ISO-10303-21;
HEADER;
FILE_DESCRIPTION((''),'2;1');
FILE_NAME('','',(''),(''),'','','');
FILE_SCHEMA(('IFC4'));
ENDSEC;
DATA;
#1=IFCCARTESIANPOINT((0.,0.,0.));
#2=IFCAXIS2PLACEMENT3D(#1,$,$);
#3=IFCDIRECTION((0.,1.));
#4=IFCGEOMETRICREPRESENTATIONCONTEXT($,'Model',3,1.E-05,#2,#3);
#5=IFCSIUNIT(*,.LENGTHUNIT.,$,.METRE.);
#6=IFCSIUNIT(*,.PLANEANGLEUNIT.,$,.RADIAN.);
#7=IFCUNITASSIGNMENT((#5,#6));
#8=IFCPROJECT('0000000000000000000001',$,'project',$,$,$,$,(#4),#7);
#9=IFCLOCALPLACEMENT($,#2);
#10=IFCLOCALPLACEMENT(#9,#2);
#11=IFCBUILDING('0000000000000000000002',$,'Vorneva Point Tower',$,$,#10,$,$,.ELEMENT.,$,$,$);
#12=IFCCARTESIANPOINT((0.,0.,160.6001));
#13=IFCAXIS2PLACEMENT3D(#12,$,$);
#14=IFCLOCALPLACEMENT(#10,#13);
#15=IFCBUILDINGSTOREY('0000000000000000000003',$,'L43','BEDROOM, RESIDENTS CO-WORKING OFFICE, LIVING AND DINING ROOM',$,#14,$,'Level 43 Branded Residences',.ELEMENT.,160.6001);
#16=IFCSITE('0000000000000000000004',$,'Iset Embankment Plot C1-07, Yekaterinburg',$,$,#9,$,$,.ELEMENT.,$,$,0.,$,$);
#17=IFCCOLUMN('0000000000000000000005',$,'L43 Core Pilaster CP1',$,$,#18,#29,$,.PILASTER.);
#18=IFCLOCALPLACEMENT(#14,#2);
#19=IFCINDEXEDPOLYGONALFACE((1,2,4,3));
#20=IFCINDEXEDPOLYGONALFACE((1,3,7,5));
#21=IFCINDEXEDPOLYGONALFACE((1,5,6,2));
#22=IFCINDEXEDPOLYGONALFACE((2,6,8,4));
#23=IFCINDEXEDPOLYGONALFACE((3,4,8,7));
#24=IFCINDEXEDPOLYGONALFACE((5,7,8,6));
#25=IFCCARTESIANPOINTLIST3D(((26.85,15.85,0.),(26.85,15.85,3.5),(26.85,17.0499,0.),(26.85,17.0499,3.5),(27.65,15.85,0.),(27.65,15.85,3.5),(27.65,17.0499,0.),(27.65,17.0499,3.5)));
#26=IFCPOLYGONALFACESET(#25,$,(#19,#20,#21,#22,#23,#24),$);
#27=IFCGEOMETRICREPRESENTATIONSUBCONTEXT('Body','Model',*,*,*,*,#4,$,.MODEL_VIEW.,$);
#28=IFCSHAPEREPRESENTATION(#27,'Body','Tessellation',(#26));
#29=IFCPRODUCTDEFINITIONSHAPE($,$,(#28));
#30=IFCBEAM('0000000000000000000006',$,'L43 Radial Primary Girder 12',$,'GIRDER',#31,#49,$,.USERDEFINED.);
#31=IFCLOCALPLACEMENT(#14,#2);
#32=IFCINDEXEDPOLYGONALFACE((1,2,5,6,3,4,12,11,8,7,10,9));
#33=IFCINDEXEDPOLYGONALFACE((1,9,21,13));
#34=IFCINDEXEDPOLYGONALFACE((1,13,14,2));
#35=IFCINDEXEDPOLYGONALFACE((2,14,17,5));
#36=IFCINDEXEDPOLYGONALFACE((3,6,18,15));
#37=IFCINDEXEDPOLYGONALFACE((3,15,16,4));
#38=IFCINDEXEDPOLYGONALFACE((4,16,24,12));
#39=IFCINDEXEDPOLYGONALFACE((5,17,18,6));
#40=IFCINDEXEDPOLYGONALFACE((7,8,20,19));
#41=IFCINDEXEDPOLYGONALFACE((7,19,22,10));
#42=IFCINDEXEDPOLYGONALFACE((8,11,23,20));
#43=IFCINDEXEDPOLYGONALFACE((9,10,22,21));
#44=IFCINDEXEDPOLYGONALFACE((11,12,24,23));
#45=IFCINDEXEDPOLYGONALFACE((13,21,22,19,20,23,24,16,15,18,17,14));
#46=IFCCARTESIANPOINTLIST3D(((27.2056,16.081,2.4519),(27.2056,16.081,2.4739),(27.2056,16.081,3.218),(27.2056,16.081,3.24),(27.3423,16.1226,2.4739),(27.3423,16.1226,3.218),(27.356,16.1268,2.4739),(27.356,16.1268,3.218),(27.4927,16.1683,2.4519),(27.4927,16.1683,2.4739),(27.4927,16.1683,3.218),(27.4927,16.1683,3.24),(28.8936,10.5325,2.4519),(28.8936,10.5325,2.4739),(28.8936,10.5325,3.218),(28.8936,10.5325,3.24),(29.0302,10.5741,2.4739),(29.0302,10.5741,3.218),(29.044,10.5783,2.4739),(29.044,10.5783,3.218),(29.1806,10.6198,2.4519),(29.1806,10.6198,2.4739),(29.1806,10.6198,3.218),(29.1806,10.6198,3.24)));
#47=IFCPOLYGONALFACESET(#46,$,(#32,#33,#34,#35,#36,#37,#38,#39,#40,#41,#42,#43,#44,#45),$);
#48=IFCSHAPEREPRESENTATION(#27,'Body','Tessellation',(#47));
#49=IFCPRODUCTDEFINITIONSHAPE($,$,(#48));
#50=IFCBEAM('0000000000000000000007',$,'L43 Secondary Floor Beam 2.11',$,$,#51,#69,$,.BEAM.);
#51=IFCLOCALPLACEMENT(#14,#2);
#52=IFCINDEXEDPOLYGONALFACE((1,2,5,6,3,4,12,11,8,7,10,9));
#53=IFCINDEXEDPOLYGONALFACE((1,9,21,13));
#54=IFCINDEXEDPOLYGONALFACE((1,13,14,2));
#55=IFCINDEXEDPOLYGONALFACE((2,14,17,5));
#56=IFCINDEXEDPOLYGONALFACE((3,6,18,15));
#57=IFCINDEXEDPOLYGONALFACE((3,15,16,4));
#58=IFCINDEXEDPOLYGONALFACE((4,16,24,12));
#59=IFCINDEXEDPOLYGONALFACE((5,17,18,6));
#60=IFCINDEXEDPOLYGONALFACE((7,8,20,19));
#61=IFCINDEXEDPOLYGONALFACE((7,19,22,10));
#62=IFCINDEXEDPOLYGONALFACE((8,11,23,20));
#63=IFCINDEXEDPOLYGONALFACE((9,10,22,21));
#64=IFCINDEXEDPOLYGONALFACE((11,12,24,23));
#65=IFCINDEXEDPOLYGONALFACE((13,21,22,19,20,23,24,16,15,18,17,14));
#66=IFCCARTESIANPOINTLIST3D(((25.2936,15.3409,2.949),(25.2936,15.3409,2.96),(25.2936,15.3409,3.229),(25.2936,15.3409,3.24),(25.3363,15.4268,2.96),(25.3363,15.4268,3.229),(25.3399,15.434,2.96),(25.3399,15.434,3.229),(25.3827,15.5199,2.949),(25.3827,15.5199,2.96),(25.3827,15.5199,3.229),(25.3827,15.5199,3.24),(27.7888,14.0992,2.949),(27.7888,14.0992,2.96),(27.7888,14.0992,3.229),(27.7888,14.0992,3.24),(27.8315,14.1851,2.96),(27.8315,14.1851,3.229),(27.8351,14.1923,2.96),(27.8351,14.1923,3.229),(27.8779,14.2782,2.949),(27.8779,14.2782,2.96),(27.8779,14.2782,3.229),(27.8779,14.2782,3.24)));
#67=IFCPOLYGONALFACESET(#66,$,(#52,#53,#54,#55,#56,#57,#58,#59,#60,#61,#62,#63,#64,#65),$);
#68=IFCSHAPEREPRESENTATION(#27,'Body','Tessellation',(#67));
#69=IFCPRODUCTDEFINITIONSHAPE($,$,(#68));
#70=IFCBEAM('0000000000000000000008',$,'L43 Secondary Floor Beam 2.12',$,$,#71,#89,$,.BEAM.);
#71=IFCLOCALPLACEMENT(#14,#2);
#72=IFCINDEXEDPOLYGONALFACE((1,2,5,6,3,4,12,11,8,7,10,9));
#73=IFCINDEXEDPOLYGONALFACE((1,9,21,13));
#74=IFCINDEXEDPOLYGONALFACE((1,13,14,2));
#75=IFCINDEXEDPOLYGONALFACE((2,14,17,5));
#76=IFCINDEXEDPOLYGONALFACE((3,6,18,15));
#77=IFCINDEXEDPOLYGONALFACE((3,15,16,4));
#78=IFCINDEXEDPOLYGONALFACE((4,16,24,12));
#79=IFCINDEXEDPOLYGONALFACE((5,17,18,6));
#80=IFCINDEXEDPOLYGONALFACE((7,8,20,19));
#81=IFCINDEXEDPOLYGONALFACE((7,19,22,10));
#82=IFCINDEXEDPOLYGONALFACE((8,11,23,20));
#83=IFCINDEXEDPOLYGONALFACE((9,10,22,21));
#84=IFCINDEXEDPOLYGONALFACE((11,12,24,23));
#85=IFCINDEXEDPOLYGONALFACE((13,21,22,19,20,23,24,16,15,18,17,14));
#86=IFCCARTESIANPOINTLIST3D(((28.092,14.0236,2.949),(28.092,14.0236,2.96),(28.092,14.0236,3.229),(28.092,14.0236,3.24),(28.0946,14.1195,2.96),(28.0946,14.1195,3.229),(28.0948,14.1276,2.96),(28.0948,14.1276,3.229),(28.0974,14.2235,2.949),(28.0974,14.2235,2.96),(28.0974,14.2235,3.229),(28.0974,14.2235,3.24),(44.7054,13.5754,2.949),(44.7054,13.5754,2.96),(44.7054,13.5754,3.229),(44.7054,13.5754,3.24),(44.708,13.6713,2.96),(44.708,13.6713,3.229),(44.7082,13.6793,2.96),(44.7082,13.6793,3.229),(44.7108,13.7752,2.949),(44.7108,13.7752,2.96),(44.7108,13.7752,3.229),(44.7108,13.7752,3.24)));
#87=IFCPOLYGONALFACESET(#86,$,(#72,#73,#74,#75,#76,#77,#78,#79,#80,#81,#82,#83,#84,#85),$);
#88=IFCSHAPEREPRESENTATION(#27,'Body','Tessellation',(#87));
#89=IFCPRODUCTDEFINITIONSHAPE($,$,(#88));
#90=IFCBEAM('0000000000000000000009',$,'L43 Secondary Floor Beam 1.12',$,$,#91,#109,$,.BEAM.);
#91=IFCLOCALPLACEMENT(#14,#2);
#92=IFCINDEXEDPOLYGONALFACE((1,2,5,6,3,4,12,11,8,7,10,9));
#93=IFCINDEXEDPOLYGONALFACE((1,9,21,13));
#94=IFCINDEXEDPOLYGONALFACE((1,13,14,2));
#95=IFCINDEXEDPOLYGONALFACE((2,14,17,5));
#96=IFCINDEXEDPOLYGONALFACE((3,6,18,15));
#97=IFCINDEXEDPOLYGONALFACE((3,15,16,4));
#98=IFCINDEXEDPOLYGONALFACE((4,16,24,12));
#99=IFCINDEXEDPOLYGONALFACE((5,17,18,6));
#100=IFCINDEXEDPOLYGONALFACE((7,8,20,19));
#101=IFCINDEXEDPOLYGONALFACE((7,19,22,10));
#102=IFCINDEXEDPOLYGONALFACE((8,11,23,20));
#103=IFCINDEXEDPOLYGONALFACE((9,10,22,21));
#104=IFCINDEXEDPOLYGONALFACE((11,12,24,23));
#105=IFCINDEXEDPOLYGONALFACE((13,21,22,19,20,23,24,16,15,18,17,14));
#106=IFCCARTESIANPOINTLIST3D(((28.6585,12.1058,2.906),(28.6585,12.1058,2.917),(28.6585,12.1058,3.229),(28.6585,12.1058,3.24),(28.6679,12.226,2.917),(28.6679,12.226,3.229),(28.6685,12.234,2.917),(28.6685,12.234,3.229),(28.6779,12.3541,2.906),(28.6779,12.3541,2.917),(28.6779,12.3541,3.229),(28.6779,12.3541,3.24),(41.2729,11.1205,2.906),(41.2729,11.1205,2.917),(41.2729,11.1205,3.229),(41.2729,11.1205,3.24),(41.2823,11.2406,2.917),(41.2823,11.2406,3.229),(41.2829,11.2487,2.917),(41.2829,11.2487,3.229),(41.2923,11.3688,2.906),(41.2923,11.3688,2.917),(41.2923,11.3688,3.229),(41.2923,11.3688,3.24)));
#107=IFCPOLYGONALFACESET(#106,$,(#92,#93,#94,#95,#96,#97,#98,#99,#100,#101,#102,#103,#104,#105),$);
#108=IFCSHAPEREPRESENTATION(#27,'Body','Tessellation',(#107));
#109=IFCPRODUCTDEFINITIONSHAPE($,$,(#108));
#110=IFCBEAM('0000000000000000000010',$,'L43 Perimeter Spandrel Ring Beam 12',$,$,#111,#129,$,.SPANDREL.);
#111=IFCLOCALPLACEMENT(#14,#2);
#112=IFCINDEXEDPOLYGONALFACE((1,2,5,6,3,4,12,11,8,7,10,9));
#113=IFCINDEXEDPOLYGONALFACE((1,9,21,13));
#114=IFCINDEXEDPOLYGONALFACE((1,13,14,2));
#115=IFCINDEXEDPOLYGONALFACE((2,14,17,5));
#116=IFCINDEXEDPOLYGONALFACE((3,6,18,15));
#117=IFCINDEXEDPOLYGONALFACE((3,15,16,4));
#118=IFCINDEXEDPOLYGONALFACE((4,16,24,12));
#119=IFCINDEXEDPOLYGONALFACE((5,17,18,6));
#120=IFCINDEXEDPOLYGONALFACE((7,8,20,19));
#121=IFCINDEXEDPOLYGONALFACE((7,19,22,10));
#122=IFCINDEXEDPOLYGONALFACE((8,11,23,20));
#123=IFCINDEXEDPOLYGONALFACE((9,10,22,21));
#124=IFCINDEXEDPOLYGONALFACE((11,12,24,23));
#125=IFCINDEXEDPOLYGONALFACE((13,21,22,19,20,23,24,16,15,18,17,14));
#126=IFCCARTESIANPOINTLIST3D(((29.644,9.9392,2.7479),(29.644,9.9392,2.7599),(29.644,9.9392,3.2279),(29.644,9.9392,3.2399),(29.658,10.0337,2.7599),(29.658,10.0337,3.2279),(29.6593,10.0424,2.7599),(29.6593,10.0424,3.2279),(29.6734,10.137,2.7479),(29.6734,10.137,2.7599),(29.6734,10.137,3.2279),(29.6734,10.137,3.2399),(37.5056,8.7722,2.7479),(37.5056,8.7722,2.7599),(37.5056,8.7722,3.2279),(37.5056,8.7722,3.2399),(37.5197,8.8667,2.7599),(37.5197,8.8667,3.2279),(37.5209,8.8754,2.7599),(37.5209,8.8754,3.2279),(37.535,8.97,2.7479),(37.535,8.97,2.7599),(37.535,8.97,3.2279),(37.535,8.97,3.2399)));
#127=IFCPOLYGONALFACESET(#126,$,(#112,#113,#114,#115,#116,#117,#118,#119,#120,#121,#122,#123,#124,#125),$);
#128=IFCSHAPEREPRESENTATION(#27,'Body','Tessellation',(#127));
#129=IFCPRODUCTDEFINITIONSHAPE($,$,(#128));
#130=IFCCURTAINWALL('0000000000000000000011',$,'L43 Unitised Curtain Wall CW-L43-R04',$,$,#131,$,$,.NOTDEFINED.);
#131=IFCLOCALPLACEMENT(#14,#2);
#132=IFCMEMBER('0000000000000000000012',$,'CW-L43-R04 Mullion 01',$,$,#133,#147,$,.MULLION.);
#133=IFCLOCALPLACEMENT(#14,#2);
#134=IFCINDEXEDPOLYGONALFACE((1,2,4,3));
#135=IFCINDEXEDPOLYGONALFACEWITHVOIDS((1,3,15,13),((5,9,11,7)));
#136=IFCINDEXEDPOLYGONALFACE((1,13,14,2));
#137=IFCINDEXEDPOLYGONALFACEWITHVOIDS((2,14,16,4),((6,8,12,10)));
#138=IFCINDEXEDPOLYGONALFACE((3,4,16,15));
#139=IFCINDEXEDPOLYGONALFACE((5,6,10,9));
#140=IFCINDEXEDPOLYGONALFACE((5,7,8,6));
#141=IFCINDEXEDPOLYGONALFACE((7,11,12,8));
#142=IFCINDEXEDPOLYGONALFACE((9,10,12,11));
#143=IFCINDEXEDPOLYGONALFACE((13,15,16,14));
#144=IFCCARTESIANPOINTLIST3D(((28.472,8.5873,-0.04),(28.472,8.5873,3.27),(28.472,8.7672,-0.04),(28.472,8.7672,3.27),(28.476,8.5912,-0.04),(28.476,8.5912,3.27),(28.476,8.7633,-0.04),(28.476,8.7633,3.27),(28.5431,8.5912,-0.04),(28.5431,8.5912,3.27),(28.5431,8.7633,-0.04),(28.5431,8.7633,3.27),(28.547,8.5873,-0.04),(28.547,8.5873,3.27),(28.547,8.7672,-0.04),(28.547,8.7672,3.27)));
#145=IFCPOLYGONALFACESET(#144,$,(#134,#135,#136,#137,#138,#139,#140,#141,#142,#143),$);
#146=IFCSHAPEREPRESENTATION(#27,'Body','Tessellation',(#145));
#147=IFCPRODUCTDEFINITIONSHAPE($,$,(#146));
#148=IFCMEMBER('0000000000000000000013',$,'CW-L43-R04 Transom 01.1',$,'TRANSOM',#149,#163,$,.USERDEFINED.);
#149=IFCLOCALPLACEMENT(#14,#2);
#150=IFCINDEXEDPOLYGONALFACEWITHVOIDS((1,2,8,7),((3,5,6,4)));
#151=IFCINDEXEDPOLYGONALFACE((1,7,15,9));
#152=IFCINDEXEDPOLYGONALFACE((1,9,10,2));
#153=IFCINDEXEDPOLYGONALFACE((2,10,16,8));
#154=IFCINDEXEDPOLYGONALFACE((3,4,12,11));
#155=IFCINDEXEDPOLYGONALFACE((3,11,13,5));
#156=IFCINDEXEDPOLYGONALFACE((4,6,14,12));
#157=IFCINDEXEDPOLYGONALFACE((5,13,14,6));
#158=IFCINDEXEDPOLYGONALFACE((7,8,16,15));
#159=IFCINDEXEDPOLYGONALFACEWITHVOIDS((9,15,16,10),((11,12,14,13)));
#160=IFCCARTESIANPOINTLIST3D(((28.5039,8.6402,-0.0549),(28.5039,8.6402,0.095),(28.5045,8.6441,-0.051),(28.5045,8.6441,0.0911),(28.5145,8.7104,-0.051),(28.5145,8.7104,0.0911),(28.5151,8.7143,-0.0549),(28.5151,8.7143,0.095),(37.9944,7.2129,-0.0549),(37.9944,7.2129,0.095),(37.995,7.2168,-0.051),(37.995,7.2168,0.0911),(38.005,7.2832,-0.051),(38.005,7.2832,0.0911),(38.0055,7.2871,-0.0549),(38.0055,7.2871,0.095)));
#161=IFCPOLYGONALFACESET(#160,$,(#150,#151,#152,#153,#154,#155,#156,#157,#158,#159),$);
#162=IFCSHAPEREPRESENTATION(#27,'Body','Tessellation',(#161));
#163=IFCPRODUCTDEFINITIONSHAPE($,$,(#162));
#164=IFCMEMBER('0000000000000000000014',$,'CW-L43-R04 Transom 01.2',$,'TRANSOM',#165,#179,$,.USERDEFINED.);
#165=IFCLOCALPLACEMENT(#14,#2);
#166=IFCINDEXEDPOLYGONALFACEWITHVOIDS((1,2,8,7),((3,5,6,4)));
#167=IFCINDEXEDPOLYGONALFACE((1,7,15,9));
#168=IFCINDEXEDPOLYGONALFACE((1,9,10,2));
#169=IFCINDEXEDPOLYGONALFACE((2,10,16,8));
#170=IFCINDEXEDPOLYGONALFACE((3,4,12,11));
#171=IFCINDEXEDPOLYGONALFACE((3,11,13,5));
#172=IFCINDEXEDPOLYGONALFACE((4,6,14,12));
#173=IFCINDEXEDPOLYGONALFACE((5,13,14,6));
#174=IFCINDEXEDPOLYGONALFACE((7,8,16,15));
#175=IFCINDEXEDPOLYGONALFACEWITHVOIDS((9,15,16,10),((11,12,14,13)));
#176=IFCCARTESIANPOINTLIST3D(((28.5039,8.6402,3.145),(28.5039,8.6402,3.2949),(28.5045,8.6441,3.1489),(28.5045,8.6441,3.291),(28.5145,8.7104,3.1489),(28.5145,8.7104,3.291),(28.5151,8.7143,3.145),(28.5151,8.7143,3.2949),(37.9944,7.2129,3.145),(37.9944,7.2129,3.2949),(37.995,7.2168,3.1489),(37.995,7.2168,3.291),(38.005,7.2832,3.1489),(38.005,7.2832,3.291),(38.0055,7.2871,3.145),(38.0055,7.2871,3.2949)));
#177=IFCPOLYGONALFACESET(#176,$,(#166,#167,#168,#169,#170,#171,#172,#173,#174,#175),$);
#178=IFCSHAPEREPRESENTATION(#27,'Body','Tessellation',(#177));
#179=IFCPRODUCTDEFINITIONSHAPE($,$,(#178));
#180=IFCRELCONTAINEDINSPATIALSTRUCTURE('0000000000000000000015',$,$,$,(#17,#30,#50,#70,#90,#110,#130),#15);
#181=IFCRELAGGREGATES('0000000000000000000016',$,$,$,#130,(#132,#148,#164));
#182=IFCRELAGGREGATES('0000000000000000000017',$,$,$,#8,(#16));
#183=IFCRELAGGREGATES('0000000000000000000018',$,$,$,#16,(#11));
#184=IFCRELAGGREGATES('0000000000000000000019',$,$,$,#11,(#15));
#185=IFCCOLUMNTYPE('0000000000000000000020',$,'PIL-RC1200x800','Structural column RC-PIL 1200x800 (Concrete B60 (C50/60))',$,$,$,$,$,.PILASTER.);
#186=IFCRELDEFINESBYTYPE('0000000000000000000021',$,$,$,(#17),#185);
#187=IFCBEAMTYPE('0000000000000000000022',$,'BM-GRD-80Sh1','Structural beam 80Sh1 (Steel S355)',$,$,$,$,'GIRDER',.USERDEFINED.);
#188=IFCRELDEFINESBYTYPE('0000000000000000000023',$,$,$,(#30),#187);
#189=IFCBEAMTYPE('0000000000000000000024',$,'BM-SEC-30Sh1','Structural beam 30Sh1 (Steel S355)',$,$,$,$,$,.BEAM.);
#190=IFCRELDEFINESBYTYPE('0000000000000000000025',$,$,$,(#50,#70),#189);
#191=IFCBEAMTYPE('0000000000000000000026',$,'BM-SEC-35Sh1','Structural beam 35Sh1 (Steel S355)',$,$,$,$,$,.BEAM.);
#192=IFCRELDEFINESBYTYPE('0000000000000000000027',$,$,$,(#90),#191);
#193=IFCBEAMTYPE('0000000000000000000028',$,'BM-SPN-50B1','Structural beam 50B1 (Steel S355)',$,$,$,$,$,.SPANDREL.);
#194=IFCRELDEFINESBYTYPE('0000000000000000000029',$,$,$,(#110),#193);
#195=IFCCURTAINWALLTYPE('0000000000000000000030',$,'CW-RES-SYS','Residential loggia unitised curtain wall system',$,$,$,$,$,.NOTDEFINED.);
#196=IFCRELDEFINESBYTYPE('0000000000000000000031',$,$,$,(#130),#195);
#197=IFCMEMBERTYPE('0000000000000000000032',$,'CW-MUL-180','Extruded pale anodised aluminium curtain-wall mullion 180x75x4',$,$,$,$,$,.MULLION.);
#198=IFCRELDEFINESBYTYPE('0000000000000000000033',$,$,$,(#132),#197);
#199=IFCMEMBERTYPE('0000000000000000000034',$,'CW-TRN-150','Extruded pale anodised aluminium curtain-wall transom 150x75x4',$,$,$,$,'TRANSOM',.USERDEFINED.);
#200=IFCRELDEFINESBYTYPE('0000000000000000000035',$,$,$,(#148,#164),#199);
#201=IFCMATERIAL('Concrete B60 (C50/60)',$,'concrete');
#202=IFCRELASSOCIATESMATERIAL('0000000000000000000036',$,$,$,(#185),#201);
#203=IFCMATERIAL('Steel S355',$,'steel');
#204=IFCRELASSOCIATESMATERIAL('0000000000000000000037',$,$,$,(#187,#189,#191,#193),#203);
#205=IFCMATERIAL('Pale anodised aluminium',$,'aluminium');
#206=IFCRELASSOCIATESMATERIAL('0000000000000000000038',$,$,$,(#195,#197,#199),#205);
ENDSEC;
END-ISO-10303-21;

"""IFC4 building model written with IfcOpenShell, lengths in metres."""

from ifc_helpers import new_model, si_unit, direction, frame, origin, origin_2d, place, context, subcontext, project, spatial, rectangle, hollow_rectangle, i_section, extrude, material, material_profile, profile_set, type_object, element, aggregate, save


model = new_model("IFC4")

# Units and contexts
model_context = context("Model", 3, precision=1e-05, world=origin(), true_north=direction((0.0, 1.0)))
body_context = subcontext(model_context, "Body", "Model", "MODEL_VIEW")
ifc_project = project(units=[si_unit("LENGTHUNIT", "METRE"), si_unit("PLANEANGLEUNIT", "RADIAN")], contexts=[model_context])

# Site, building, storey
site_placement = place(None, origin())
site = spatial("IfcSite", under=ifc_project, at=site_placement, Name="Iset Embankment Plot C1-07, Yekaterinburg", CompositionType="ELEMENT", RefElevation=0.0)
building_placement = place(site_placement, origin())
building = spatial("IfcBuilding", under=site, at=building_placement, Name="Vorneva Point Tower", CompositionType="ELEMENT")
storey_placement = place(building_placement, frame((0.0, 0.0, 160.6001)))
storey = spatial("IfcBuildingStorey", under=building, at=storey_placement, Name="L43", Description="BEDROOM, RESIDENTS CO-WORKING OFFICE, LIVING AND DINING ROOM", LongName="Level 43 Branded Residences", CompositionType="ELEMENT", Elevation=160.6001)

# Column
ifc_material_1 = material(Name="Concrete B60 (C50/60)", Category="concrete")
ifc_material_profile_1 = material_profile(ifc_material_1, rectangle(XDim=0.8, YDim=1.2, at=origin_2d()), Name="RC-PIL 1200x800")
ifc_profile_set_1 = profile_set([ifc_material_profile_1], Name="Concrete B60 (C50/60)")
column_type_1 = type_object("IfcColumnType", Name="PIL-RC1200x800", Description="Structural column RC-PIL 1200x800 (Concrete B60 (C50/60))", PredefinedType="PILASTER", material=ifc_profile_set_1)
column_1_placement = place(storey_placement, frame((27.25, 16.45, 0.0), z_axis=(0.0, 0.0, 1.0), x_axis=(1.0, 0.0, 0.0)))
element("IfcColumn", 1, at=column_1_placement, inside=storey, type_object=column_type_1, Name="L43 Core Pilaster CP1", PredefinedType="PILASTER", context=body_context, shape_type="SweptSolid", body=[
    extrude(rectangle(XDim=0.8, YDim=1.2, at=origin_2d()), origin(), (0.0, 0.0, 1.0), 3.5),
])

# Beams
ifc_material_2 = material(Name="Steel S355", Category="steel")
ifc_material_profile_2 = material_profile(ifc_material_2, i_section(OverallWidth=0.3, OverallDepth=0.7881, WebThickness=0.0144, FlangeThickness=0.022, at=origin_2d()), Name="80Sh1")
ifc_profile_set_2 = profile_set([ifc_material_profile_2], Name="Steel S355")
beam_type_1 = type_object("IfcBeamType", Name="BM-GRD-80Sh1", Description="Structural beam 80Sh1 (Steel S355)", ElementType="GIRDER", PredefinedType="USERDEFINED", material=ifc_profile_set_2)
beam_1_placement = place(storey_placement, frame((29.0371, 10.5762, 2.8459), z_axis=(-0.291049, 0.956708, 0.0), x_axis=(-0.956708, -0.291049, 0.0)))
element("IfcBeam", 2, at=beam_1_placement, inside=storey, type_object=beam_type_1, Name="L43 Radial Primary Girder 12", ObjectType="GIRDER", PredefinedType="USERDEFINED", context=body_context, shape_type="SweptSolid", body=[
    extrude(i_section(OverallWidth=0.3, OverallDepth=0.7881, WebThickness=0.0144, FlangeThickness=0.022, at=origin_2d()), origin(), (0.0, 0.0, 1.0), 5.7996),
])
ifc_material_profile_3 = material_profile(ifc_material_2, i_section(OverallWidth=0.2, OverallDepth=0.291, WebThickness=0.0081, FlangeThickness=0.011, at=origin_2d()), Name="30Sh1")
ifc_profile_set_3 = profile_set([ifc_material_profile_3], Name="Steel S355")
beam_type_2 = type_object("IfcBeamType", Name="BM-SEC-30Sh1", Description="Structural beam 30Sh1 (Steel S355)", PredefinedType="BEAM", material=ifc_profile_set_3)
beam_2_placement = place(storey_placement, frame((25.3381, 15.4304, 3.0945), z_axis=(0.895267, -0.445531, 0.0), x_axis=(0.445531, 0.895267, 0.0)))
element("IfcBeam", 3, at=beam_2_placement, inside=storey, type_object=beam_type_2, Name="L43 Secondary Floor Beam 2.11", PredefinedType="BEAM", context=body_context, shape_type="SweptSolid", body=[
    extrude(i_section(OverallWidth=0.2, OverallDepth=0.291, WebThickness=0.0081, FlangeThickness=0.011, at=origin_2d()), origin(), (0.0, 0.0, 1.0), 2.7871),
])
beam_3_placement = place(storey_placement, frame((28.0947, 14.1235, 3.0945), z_axis=(0.999636, -0.026971, 0.0), x_axis=(0.026971, 0.999636, 0.0)))
element("IfcBeam", 4, at=beam_3_placement, inside=storey, type_object=beam_type_2, Name="L43 Secondary Floor Beam 2.12", PredefinedType="BEAM", context=body_context, shape_type="SweptSolid", body=[
    extrude(i_section(OverallWidth=0.2, OverallDepth=0.291, WebThickness=0.0081, FlangeThickness=0.011, at=origin_2d()), origin(), (0.0, 0.0, 1.0), 16.6194),
])
ifc_material_profile_4 = material_profile(ifc_material_2, i_section(OverallWidth=0.249, OverallDepth=0.334, WebThickness=0.0081, FlangeThickness=0.011, at=origin_2d()), Name="35Sh1")
ifc_profile_set_4 = profile_set([ifc_material_profile_4], Name="Steel S355")
beam_type_3 = type_object("IfcBeamType", Name="BM-SEC-35Sh1", Description="Structural beam 35Sh1 (Steel S355)", PredefinedType="BEAM", material=ifc_profile_set_4)
beam_4_placement = place(storey_placement, frame((28.6682, 12.23, 3.073), z_axis=(0.996963, -0.077875, 0.0), x_axis=(0.077875, 0.996963, 0.0)))
element("IfcBeam", 5, at=beam_4_placement, inside=storey, type_object=beam_type_3, Name="L43 Secondary Floor Beam 1.12", PredefinedType="BEAM", context=body_context, shape_type="SweptSolid", body=[
    extrude(i_section(OverallWidth=0.249, OverallDepth=0.334, WebThickness=0.0081, FlangeThickness=0.011, at=origin_2d()), origin(), (0.0, 0.0, 1.0), 12.6528),
])
ifc_material_profile_5 = material_profile(ifc_material_2, i_section(OverallWidth=0.2, OverallDepth=0.4919, WebThickness=0.0088, FlangeThickness=0.012, at=origin_2d()), Name="50B1")
ifc_profile_set_5 = profile_set([ifc_material_profile_5], Name="Steel S355")
beam_type_4 = type_object("IfcBeamType", Name="BM-SPN-50B1", Description="Structural beam 50B1 (Steel S355)", PredefinedType="SPANDREL", material=ifc_profile_set_5)
beam_5_placement = place(storey_placement, frame((29.6587, 10.0381, 2.9939), z_axis=(0.989161, -0.146834, 0.0), x_axis=(0.146834, 0.989161, 0.0)))
element("IfcBeam", 6, at=beam_5_placement, inside=storey, type_object=beam_type_4, Name="L43 Perimeter Spandrel Ring Beam 12", PredefinedType="SPANDREL", context=body_context, shape_type="SweptSolid", body=[
    extrude(i_section(OverallWidth=0.2, OverallDepth=0.4919, WebThickness=0.0088, FlangeThickness=0.012, at=origin_2d()), origin(), (0.0, 0.0, 1.0), 7.9478),
])

# Curtain wall, members
ifc_material_3 = material(Name="Pale anodised aluminium", Category="aluminium")
curtain_wall_type = type_object("IfcCurtainWallType", Name="CW-RES-SYS", Description="Residential loggia unitised curtain wall system", PredefinedType="NOTDEFINED", material=ifc_material_3)
curtain_wall_placement = place(storey_placement, origin())
curtain_wall = element("IfcCurtainWall", 7, at=curtain_wall_placement, inside=storey, type_object=curtain_wall_type, Name="L43 Unitised Curtain Wall CW-L43-R04", PredefinedType="NOTDEFINED")
ifc_material_profile_6 = material_profile(ifc_material_3, hollow_rectangle(XDim=0.075, YDim=0.1799, WallThickness=0.0039, at=origin_2d()), Name="AL-MUL 180x75x4")
ifc_profile_set_6 = profile_set([ifc_material_profile_6], Name="Pale anodised aluminium")
member_type_1 = type_object("IfcMemberType", Name="CW-MUL-180", Description="Extruded pale anodised aluminium curtain-wall mullion 180x75x4", PredefinedType="MULLION", material=ifc_profile_set_6)
member_1_placement = place(storey_placement, frame((28.5095, 8.6772, -0.04), z_axis=(0.0, 0.0, 1.0), x_axis=(1.0, 0.0, 0.0)))
member_1 = element("IfcMember", 8, at=member_1_placement, type_object=member_type_1, Name="CW-L43-R04 Mullion 01", PredefinedType="MULLION", context=body_context, shape_type="SweptSolid", body=[
    extrude(hollow_rectangle(XDim=0.075, YDim=0.1799, WallThickness=0.0039, at=origin_2d()), origin(), (0.0, 0.0, 1.0), 3.3101),
])
ifc_material_profile_7 = material_profile(ifc_material_3, hollow_rectangle(XDim=0.075, YDim=0.1499, WallThickness=0.0039, at=origin_2d()), Name="AL-TRN 150x75x4")
ifc_profile_set_7 = profile_set([ifc_material_profile_7], Name="Pale anodised aluminium")
member_type_2 = type_object("IfcMemberType", Name="CW-TRN-150", Description="Extruded pale anodised aluminium curtain-wall transom 150x75x4", ElementType="TRANSOM", PredefinedType="USERDEFINED", material=ifc_profile_set_7)
member_2_placement = place(storey_placement, frame((28.5095, 8.6772, 0.02), z_axis=(0.98888, -0.148715, 0.0), x_axis=(0.148715, 0.98888, 0.0)))
member_2 = element("IfcMember", 9, at=member_2_placement, type_object=member_type_2, Name="CW-L43-R04 Transom 01.1", ObjectType="TRANSOM", PredefinedType="USERDEFINED", context=body_context, shape_type="SweptSolid", body=[
    extrude(hollow_rectangle(XDim=0.075, YDim=0.1499, WallThickness=0.0039, at=origin_2d()), origin(), (0.0, 0.0, 1.0), 9.5972),
])
member_3_placement = place(storey_placement, frame((28.5095, 8.6772, 3.22), z_axis=(0.98888, -0.148715, 0.0), x_axis=(0.148715, 0.98888, 0.0)))
member_3 = element("IfcMember", 10, at=member_3_placement, type_object=member_type_2, Name="CW-L43-R04 Transom 01.2", ObjectType="TRANSOM", PredefinedType="USERDEFINED", context=body_context, shape_type="SweptSolid", body=[
    extrude(hollow_rectangle(XDim=0.075, YDim=0.1499, WallThickness=0.0039, at=origin_2d()), origin(), (0.0, 0.0, 1.0), 9.5972),
])
aggregate(curtain_wall, [member_1, member_2, member_3])

save(model, "model.ifc")
